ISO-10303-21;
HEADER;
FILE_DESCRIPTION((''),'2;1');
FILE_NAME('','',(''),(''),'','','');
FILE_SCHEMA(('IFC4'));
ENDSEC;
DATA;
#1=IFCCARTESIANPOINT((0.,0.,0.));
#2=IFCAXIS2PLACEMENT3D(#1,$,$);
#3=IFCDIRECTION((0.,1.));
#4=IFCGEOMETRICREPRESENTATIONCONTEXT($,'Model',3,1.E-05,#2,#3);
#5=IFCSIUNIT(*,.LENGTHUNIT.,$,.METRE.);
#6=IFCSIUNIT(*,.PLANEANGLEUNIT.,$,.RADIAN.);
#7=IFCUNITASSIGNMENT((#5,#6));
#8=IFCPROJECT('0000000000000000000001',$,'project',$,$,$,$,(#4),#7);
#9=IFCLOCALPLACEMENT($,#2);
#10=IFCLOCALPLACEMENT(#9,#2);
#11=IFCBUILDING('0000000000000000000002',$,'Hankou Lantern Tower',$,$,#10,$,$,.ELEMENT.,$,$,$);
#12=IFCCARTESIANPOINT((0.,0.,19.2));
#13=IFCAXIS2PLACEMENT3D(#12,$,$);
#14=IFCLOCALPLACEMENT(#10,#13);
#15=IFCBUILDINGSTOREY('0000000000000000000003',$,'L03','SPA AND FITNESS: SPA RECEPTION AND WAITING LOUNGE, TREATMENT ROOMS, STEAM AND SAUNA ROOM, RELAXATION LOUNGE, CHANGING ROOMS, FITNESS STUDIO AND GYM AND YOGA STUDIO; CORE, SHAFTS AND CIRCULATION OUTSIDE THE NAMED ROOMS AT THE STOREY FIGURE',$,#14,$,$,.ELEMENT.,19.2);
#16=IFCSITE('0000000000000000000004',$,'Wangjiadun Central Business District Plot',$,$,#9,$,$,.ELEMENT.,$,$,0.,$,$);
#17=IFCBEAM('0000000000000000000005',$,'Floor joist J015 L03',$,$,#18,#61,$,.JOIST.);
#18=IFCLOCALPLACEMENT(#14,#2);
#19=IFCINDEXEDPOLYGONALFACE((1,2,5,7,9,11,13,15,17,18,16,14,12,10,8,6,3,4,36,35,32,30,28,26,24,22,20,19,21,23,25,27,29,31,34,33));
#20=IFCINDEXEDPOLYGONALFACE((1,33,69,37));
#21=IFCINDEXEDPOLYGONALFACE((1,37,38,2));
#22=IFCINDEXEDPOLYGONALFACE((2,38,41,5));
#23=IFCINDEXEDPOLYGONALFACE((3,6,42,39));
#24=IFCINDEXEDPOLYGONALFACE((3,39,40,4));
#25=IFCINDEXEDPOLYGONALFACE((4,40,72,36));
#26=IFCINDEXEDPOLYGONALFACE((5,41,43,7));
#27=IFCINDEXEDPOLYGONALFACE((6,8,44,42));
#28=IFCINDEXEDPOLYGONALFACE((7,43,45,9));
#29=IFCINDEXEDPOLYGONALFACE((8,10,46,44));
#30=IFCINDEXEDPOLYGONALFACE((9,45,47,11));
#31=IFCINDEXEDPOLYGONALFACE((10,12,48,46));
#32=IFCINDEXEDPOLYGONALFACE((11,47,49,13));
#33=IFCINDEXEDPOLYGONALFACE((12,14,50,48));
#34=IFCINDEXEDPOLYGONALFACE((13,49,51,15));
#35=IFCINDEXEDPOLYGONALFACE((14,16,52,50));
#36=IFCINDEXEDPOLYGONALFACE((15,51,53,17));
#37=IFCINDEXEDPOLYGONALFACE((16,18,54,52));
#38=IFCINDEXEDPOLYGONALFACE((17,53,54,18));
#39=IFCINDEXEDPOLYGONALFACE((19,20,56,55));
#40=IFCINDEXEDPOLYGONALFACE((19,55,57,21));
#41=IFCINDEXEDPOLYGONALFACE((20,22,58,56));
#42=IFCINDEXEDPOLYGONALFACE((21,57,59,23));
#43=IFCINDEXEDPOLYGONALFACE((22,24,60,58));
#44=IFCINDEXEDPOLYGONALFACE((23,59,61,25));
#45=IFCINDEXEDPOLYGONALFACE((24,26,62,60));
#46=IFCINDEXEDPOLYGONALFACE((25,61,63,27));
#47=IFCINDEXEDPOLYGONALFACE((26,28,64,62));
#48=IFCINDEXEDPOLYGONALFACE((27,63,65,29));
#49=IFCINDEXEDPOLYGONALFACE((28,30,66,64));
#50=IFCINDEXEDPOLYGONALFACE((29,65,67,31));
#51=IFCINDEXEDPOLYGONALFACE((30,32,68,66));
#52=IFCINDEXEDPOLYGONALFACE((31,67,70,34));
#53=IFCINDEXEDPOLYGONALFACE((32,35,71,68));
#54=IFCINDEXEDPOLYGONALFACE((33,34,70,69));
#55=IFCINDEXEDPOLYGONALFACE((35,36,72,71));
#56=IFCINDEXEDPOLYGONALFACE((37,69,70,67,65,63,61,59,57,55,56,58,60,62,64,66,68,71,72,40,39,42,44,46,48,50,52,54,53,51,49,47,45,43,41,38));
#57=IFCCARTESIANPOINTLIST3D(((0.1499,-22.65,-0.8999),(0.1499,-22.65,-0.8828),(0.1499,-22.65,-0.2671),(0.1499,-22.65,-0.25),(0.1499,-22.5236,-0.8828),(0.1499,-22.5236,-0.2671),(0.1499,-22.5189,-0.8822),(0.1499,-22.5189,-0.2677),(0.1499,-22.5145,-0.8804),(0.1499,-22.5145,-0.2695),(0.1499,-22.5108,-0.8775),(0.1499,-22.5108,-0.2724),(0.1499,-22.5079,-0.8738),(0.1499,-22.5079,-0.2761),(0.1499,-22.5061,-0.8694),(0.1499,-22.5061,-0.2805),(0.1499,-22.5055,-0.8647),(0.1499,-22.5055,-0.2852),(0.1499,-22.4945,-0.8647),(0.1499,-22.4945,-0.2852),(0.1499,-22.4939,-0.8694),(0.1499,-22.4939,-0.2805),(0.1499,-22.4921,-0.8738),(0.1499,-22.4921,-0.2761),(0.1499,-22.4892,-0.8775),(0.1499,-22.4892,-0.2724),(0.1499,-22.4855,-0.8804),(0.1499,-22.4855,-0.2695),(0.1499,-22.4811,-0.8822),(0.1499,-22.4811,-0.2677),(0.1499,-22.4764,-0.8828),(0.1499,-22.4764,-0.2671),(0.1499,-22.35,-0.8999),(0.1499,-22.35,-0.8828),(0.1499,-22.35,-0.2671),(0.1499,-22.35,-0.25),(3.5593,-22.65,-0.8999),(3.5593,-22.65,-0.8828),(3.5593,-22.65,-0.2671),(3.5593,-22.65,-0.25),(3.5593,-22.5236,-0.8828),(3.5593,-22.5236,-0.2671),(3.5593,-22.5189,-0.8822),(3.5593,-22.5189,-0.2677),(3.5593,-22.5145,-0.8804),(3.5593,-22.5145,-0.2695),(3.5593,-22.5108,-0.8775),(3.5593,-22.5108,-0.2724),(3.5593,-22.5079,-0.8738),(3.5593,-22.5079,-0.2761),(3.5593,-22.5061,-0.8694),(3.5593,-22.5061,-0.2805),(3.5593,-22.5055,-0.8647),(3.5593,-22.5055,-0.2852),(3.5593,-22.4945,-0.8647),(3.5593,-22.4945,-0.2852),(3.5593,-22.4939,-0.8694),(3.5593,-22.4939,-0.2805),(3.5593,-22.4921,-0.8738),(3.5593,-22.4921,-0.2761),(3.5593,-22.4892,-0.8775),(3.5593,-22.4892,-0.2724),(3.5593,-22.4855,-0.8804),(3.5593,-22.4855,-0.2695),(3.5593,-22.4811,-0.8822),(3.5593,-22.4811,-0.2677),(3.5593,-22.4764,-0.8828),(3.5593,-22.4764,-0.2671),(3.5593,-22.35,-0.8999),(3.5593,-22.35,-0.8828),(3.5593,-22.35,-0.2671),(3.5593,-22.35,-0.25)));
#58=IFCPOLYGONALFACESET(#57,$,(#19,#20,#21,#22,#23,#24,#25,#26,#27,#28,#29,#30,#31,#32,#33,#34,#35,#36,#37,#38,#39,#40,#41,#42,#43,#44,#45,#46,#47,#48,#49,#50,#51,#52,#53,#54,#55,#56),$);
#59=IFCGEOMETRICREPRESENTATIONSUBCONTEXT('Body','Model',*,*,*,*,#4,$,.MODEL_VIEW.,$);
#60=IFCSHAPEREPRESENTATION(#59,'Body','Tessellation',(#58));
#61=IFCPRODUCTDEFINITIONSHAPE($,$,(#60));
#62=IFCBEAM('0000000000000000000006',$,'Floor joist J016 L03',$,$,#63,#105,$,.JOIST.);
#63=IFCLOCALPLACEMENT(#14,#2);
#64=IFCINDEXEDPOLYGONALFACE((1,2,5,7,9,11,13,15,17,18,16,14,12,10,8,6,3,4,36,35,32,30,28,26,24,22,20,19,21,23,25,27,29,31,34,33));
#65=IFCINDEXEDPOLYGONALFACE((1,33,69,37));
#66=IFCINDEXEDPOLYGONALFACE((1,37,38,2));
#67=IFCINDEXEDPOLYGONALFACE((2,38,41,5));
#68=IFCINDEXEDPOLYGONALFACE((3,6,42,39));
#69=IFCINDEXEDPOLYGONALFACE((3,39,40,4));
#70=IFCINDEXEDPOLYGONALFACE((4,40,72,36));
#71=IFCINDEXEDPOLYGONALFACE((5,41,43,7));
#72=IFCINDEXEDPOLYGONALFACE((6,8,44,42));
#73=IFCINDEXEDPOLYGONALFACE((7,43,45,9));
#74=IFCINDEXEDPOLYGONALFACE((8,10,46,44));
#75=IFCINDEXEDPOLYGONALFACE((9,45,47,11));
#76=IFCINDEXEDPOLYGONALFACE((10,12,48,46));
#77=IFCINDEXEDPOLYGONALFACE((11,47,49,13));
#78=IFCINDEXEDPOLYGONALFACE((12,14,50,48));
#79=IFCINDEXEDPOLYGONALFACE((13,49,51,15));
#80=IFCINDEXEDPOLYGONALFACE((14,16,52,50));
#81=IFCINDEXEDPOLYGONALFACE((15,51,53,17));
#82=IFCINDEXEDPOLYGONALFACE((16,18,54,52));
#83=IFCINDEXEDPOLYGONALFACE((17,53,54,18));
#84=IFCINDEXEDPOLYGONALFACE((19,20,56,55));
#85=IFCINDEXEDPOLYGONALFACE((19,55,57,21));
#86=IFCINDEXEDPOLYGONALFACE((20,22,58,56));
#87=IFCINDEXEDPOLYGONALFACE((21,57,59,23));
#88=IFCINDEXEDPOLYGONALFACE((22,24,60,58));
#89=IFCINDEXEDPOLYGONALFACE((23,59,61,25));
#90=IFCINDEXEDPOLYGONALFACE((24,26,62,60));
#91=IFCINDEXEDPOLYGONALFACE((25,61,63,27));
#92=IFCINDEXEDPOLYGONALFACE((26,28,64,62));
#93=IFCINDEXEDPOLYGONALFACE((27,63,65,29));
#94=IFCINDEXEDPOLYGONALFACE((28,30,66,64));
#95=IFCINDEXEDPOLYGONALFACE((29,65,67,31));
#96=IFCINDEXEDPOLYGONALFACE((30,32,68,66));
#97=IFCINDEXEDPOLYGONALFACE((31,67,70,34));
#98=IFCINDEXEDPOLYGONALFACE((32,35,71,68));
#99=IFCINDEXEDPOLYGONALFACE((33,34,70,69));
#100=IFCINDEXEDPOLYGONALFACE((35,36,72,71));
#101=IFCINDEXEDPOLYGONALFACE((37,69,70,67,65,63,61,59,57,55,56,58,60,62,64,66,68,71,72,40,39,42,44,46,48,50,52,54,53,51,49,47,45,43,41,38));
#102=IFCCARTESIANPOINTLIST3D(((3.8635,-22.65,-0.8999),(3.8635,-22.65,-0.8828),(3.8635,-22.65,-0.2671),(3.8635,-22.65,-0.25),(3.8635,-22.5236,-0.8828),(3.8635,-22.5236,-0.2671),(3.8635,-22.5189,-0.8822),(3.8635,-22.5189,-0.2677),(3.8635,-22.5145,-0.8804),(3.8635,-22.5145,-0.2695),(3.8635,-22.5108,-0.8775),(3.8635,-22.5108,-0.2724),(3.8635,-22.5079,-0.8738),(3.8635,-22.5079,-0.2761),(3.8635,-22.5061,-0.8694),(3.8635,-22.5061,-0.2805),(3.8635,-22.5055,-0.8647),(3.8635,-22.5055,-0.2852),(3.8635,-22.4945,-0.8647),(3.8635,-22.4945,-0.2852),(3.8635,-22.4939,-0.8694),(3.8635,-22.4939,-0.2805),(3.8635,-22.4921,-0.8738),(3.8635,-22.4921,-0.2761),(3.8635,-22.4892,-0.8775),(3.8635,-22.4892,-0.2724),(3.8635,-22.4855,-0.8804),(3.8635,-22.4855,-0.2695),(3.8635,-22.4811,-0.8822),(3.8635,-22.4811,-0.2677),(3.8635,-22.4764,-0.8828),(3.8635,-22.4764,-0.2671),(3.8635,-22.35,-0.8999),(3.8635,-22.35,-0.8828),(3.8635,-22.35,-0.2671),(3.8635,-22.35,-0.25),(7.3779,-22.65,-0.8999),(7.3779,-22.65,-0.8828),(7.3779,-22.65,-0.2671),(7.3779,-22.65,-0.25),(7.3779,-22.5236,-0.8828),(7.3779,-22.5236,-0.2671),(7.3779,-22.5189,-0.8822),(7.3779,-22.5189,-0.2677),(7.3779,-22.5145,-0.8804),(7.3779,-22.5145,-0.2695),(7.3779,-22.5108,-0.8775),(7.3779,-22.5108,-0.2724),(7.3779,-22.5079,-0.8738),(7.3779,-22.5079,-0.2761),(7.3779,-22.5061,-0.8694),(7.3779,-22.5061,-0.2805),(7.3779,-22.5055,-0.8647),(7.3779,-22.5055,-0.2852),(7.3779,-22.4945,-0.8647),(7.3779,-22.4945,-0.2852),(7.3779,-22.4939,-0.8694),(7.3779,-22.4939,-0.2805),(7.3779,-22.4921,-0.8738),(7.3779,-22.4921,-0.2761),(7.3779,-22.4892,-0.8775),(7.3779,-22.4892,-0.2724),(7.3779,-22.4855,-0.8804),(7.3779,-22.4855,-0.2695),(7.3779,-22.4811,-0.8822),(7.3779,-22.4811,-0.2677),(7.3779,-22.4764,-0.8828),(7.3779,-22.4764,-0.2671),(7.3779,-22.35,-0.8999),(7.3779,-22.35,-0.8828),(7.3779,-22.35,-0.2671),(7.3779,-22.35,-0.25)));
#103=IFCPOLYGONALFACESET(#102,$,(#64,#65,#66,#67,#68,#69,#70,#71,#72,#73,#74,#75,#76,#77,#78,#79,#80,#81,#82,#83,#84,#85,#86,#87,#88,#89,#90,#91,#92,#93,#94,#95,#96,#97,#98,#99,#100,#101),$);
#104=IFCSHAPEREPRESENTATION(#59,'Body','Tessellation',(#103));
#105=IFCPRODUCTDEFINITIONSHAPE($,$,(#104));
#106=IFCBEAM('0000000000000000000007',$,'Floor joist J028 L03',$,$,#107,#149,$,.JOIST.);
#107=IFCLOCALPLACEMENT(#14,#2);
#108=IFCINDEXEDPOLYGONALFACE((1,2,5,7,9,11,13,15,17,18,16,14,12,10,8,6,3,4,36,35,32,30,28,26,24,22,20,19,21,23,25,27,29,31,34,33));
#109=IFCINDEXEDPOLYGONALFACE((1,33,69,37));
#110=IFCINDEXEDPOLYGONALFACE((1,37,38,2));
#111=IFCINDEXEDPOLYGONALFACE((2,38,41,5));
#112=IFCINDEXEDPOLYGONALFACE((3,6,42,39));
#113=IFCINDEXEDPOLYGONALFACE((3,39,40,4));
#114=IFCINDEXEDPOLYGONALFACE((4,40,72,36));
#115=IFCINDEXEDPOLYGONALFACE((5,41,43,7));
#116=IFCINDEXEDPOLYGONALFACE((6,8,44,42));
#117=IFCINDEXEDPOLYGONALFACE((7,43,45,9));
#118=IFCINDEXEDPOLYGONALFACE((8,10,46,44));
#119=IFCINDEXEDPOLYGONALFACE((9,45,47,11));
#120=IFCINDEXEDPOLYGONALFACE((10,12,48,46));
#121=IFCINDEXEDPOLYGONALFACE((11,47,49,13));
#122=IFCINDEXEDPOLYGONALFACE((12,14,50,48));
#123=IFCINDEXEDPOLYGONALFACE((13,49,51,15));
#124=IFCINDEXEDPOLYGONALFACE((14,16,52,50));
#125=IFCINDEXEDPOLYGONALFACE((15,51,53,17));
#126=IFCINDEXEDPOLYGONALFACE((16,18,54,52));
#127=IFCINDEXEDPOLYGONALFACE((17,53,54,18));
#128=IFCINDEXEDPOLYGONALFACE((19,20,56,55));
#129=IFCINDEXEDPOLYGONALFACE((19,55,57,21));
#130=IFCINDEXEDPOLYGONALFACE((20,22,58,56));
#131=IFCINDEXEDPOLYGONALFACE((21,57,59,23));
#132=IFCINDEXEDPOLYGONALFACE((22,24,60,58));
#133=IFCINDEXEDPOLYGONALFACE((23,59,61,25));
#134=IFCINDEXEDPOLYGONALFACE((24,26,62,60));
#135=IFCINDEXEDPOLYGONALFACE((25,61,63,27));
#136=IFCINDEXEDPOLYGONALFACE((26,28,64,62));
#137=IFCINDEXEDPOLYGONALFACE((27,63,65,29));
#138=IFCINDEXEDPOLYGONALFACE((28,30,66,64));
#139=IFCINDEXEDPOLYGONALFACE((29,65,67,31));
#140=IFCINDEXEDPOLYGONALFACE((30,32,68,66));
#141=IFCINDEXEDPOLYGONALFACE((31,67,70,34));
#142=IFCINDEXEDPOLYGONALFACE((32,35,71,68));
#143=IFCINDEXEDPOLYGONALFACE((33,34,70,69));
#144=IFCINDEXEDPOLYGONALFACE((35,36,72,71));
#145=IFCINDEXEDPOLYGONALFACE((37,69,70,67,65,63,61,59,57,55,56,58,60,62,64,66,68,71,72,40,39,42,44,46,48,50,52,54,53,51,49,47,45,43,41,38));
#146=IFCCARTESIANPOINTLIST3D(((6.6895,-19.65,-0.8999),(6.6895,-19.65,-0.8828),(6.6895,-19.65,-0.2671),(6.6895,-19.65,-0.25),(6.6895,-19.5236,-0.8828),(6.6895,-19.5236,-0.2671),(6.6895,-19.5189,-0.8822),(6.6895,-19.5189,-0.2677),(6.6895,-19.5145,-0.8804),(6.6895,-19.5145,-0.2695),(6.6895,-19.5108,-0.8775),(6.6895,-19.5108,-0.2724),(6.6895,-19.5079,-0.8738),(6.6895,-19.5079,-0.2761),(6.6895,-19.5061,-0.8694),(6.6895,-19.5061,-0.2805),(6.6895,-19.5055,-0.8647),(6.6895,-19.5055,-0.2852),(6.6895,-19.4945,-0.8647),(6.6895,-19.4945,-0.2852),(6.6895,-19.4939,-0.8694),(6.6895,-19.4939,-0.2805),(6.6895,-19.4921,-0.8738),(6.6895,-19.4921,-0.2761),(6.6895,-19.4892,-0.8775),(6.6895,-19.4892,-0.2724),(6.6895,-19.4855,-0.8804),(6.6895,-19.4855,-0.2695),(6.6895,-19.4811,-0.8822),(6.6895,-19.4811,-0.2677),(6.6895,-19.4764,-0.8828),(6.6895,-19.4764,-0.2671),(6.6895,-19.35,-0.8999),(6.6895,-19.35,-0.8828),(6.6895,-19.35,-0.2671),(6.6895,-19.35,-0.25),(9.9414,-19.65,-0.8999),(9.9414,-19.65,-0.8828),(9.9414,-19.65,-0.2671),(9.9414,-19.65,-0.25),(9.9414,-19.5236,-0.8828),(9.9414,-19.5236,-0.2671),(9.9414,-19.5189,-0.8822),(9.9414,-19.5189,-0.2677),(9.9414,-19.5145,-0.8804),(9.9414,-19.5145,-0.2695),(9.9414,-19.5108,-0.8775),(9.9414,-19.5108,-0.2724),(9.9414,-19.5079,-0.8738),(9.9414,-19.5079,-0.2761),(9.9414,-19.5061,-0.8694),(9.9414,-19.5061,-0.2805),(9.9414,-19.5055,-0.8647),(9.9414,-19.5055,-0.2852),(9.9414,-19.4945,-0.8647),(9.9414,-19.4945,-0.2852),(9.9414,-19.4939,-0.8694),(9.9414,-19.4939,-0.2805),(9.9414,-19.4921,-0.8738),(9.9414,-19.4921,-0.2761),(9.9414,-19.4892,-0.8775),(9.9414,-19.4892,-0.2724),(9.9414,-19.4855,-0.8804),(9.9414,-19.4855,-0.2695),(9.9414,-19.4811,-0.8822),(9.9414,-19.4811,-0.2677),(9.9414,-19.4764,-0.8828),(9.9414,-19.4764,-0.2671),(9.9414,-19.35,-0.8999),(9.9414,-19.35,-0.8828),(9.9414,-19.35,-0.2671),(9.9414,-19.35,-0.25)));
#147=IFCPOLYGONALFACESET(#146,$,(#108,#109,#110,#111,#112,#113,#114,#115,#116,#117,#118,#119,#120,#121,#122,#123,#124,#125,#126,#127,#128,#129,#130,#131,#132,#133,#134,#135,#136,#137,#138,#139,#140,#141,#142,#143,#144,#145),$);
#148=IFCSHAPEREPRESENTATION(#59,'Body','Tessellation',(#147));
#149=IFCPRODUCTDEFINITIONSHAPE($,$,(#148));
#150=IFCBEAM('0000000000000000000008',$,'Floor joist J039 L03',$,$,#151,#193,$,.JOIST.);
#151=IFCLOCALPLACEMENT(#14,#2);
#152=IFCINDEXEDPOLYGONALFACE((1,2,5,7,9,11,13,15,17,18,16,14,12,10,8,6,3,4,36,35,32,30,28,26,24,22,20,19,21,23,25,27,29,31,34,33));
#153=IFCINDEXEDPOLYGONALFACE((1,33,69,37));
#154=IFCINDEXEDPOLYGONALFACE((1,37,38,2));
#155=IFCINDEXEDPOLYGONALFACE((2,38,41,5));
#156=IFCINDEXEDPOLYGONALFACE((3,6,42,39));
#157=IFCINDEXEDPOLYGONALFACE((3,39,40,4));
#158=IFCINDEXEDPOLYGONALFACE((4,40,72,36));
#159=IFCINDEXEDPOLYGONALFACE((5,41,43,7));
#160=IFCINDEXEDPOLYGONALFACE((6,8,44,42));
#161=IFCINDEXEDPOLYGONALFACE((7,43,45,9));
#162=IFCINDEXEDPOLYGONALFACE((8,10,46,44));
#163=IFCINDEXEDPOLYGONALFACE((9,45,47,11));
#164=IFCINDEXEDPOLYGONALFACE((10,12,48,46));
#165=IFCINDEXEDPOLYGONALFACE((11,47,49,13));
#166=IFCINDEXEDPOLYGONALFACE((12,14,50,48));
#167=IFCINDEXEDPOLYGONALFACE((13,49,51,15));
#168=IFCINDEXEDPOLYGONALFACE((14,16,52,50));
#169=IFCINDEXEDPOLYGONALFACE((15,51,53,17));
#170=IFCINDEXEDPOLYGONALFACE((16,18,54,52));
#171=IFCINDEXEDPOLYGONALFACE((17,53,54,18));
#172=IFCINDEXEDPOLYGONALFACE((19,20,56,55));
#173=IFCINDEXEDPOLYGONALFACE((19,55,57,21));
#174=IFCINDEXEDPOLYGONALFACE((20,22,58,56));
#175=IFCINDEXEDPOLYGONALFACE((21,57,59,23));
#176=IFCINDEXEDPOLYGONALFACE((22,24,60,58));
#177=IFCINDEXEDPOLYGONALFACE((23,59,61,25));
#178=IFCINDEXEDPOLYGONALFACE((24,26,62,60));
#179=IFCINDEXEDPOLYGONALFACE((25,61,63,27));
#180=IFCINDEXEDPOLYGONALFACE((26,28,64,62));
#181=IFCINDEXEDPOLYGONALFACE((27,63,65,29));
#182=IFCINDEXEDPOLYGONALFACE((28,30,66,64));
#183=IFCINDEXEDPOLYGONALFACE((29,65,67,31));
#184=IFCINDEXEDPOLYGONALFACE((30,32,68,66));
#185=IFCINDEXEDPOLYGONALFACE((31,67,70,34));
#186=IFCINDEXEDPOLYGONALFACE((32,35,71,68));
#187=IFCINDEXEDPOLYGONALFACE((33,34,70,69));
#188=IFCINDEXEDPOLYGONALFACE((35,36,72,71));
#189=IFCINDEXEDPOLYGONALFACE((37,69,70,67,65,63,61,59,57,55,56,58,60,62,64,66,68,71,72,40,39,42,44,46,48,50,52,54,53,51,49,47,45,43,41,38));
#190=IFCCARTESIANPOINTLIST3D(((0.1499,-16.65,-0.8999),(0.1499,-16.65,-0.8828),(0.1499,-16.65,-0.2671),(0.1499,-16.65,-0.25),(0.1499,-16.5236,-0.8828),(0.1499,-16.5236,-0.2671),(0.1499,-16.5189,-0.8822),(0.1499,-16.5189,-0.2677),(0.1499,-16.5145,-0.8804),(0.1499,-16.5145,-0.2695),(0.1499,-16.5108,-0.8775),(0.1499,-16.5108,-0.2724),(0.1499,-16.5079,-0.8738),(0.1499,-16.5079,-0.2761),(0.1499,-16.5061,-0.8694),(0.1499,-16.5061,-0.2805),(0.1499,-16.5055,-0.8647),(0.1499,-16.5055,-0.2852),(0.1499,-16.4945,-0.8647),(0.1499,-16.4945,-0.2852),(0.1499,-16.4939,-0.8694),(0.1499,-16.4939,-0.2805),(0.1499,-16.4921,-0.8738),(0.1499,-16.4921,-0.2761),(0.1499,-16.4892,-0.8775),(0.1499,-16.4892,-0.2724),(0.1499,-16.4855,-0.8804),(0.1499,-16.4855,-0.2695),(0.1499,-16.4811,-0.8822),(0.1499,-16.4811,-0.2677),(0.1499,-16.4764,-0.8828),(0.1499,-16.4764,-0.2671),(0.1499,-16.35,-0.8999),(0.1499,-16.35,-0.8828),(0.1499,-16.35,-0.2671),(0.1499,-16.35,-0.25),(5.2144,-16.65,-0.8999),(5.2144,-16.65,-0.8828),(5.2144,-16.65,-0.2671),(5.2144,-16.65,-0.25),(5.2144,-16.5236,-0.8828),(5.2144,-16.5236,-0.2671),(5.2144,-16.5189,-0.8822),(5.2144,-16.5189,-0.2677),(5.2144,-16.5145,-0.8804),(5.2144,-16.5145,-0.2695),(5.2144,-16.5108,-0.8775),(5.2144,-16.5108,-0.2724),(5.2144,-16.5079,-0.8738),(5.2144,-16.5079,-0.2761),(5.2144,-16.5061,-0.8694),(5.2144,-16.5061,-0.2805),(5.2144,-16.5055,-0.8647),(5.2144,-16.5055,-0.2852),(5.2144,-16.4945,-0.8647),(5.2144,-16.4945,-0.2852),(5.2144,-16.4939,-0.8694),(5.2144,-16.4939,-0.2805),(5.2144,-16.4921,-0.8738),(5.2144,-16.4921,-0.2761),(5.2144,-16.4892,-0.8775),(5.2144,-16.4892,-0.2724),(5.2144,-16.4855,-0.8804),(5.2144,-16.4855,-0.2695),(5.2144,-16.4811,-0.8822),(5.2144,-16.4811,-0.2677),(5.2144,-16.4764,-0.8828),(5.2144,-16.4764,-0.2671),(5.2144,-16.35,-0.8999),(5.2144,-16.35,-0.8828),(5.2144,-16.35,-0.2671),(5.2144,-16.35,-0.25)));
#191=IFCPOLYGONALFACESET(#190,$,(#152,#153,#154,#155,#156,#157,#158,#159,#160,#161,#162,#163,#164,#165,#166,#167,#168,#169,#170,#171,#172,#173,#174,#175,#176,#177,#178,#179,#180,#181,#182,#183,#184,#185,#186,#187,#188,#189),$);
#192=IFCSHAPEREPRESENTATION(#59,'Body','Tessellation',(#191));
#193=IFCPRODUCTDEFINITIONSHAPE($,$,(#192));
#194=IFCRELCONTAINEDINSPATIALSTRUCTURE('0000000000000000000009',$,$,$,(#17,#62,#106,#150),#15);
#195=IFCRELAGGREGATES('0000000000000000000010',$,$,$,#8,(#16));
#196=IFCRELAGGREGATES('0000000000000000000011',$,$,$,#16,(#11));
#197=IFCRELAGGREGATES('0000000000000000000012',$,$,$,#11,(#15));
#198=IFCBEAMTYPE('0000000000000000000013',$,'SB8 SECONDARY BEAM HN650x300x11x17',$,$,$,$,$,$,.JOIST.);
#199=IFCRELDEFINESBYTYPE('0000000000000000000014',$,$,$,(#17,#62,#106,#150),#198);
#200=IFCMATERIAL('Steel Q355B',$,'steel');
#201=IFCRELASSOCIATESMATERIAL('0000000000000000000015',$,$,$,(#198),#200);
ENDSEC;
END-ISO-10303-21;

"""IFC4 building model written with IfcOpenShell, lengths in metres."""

from ifc_helpers import new_model, si_unit, direction, frame, origin, origin_2d, place, context, subcontext, project, spatial, i_section, extrude, material, material_profile, profile_set, type_object, element, save


model = new_model("IFC4")

# Units and contexts
model_context = context("Model", 3, precision=1e-05, world=origin(), true_north=direction((0.0, 1.0)))
body_context = subcontext(model_context, "Body", "Model", "MODEL_VIEW")
ifc_project = project(units=[si_unit("LENGTHUNIT", "METRE"), si_unit("PLANEANGLEUNIT", "RADIAN")], contexts=[model_context])

# Site, building, storey
site_placement = place(None, origin())
site = spatial("IfcSite", under=ifc_project, at=site_placement, Name="Wangjiadun Central Business District Plot", CompositionType="ELEMENT", RefElevation=0.0)
building_placement = place(site_placement, origin())
building = spatial("IfcBuilding", under=site, at=building_placement, Name="Hankou Lantern Tower", CompositionType="ELEMENT")
storey_placement = place(building_placement, frame((0.0, 0.0, 19.2)))
storey = spatial("IfcBuildingStorey", under=building, at=storey_placement, Name="L03", Description="SPA AND FITNESS: SPA RECEPTION AND WAITING LOUNGE, TREATMENT ROOMS, STEAM AND SAUNA ROOM, RELAXATION LOUNGE, CHANGING ROOMS, FITNESS STUDIO AND GYM AND YOGA STUDIO; CORE, SHAFTS AND CIRCULATION OUTSIDE THE NAMED ROOMS AT THE STOREY FIGURE", CompositionType="ELEMENT", Elevation=19.2)

# Beams
ifc_material_1 = material(Name="Steel Q355B", Category="steel")
ifc_material_profile_1 = material_profile(ifc_material_1, i_section(OverallWidth=0.3, OverallDepth=0.6499, WebThickness=0.011, FlangeThickness=0.0171, FilletRadius=0.0181, at=origin_2d()), Name="HN650x300x11x17")
ifc_profile_set_1 = profile_set([ifc_material_profile_1], Name="Steel Q355B")
beam_type_1 = type_object("IfcBeamType", Name="SB8 SECONDARY BEAM HN650x300x11x17", PredefinedType="JOIST", material=ifc_profile_set_1)
beam_1_placement = place(storey_placement, frame((0.1499, -22.5, -0.575), z_axis=(1.0, 0.0, 0.0), x_axis=(0.0, 1.0, 0.0)))
element("IfcBeam", 1, at=beam_1_placement, inside=storey, type_object=beam_type_1, Name="Floor joist J015 L03", PredefinedType="JOIST", context=body_context, shape_type="SweptSolid", body=[
    extrude(i_section(OverallWidth=0.3, OverallDepth=0.6499, WebThickness=0.011, FlangeThickness=0.0171, FilletRadius=0.0181, at=origin_2d()), origin(), (0.0, 0.0, 1.0), 3.4094),
])
beam_2_placement = place(storey_placement, frame((3.8635, -22.5, -0.575), z_axis=(1.0, 0.0, 0.0), x_axis=(0.0, 1.0, 0.0)))
element("IfcBeam", 2, at=beam_2_placement, inside=storey, type_object=beam_type_1, Name="Floor joist J016 L03", PredefinedType="JOIST", context=body_context, shape_type="SweptSolid", body=[
    extrude(i_section(OverallWidth=0.3, OverallDepth=0.6499, WebThickness=0.011, FlangeThickness=0.0171, FilletRadius=0.0181, at=origin_2d()), origin(), (0.0, 0.0, 1.0), 3.5144),
])
beam_3_placement = place(storey_placement, frame((6.6895, -19.5, -0.575), z_axis=(1.0, 0.0, 0.0), x_axis=(0.0, 1.0, 0.0)))
element("IfcBeam", 3, at=beam_3_placement, inside=storey, type_object=beam_type_1, Name="Floor joist J028 L03", PredefinedType="JOIST", context=body_context, shape_type="SweptSolid", body=[
    extrude(i_section(OverallWidth=0.3, OverallDepth=0.6499, WebThickness=0.011, FlangeThickness=0.0171, FilletRadius=0.0181, at=origin_2d()), origin(), (0.0, 0.0, 1.0), 3.252),
])
beam_4_placement = place(storey_placement, frame((0.1499, -16.5, -0.575), z_axis=(1.0, 0.0, 0.0), x_axis=(0.0, 1.0, 0.0)))
element("IfcBeam", 4, at=beam_4_placement, inside=storey, type_object=beam_type_1, Name="Floor joist J039 L03", PredefinedType="JOIST", context=body_context, shape_type="SweptSolid", body=[
    extrude(i_section(OverallWidth=0.3, OverallDepth=0.6499, WebThickness=0.011, FlangeThickness=0.0171, FilletRadius=0.0181, at=origin_2d()), origin(), (0.0, 0.0, 1.0), 5.0645),
])

save(model, "model.ifc")
